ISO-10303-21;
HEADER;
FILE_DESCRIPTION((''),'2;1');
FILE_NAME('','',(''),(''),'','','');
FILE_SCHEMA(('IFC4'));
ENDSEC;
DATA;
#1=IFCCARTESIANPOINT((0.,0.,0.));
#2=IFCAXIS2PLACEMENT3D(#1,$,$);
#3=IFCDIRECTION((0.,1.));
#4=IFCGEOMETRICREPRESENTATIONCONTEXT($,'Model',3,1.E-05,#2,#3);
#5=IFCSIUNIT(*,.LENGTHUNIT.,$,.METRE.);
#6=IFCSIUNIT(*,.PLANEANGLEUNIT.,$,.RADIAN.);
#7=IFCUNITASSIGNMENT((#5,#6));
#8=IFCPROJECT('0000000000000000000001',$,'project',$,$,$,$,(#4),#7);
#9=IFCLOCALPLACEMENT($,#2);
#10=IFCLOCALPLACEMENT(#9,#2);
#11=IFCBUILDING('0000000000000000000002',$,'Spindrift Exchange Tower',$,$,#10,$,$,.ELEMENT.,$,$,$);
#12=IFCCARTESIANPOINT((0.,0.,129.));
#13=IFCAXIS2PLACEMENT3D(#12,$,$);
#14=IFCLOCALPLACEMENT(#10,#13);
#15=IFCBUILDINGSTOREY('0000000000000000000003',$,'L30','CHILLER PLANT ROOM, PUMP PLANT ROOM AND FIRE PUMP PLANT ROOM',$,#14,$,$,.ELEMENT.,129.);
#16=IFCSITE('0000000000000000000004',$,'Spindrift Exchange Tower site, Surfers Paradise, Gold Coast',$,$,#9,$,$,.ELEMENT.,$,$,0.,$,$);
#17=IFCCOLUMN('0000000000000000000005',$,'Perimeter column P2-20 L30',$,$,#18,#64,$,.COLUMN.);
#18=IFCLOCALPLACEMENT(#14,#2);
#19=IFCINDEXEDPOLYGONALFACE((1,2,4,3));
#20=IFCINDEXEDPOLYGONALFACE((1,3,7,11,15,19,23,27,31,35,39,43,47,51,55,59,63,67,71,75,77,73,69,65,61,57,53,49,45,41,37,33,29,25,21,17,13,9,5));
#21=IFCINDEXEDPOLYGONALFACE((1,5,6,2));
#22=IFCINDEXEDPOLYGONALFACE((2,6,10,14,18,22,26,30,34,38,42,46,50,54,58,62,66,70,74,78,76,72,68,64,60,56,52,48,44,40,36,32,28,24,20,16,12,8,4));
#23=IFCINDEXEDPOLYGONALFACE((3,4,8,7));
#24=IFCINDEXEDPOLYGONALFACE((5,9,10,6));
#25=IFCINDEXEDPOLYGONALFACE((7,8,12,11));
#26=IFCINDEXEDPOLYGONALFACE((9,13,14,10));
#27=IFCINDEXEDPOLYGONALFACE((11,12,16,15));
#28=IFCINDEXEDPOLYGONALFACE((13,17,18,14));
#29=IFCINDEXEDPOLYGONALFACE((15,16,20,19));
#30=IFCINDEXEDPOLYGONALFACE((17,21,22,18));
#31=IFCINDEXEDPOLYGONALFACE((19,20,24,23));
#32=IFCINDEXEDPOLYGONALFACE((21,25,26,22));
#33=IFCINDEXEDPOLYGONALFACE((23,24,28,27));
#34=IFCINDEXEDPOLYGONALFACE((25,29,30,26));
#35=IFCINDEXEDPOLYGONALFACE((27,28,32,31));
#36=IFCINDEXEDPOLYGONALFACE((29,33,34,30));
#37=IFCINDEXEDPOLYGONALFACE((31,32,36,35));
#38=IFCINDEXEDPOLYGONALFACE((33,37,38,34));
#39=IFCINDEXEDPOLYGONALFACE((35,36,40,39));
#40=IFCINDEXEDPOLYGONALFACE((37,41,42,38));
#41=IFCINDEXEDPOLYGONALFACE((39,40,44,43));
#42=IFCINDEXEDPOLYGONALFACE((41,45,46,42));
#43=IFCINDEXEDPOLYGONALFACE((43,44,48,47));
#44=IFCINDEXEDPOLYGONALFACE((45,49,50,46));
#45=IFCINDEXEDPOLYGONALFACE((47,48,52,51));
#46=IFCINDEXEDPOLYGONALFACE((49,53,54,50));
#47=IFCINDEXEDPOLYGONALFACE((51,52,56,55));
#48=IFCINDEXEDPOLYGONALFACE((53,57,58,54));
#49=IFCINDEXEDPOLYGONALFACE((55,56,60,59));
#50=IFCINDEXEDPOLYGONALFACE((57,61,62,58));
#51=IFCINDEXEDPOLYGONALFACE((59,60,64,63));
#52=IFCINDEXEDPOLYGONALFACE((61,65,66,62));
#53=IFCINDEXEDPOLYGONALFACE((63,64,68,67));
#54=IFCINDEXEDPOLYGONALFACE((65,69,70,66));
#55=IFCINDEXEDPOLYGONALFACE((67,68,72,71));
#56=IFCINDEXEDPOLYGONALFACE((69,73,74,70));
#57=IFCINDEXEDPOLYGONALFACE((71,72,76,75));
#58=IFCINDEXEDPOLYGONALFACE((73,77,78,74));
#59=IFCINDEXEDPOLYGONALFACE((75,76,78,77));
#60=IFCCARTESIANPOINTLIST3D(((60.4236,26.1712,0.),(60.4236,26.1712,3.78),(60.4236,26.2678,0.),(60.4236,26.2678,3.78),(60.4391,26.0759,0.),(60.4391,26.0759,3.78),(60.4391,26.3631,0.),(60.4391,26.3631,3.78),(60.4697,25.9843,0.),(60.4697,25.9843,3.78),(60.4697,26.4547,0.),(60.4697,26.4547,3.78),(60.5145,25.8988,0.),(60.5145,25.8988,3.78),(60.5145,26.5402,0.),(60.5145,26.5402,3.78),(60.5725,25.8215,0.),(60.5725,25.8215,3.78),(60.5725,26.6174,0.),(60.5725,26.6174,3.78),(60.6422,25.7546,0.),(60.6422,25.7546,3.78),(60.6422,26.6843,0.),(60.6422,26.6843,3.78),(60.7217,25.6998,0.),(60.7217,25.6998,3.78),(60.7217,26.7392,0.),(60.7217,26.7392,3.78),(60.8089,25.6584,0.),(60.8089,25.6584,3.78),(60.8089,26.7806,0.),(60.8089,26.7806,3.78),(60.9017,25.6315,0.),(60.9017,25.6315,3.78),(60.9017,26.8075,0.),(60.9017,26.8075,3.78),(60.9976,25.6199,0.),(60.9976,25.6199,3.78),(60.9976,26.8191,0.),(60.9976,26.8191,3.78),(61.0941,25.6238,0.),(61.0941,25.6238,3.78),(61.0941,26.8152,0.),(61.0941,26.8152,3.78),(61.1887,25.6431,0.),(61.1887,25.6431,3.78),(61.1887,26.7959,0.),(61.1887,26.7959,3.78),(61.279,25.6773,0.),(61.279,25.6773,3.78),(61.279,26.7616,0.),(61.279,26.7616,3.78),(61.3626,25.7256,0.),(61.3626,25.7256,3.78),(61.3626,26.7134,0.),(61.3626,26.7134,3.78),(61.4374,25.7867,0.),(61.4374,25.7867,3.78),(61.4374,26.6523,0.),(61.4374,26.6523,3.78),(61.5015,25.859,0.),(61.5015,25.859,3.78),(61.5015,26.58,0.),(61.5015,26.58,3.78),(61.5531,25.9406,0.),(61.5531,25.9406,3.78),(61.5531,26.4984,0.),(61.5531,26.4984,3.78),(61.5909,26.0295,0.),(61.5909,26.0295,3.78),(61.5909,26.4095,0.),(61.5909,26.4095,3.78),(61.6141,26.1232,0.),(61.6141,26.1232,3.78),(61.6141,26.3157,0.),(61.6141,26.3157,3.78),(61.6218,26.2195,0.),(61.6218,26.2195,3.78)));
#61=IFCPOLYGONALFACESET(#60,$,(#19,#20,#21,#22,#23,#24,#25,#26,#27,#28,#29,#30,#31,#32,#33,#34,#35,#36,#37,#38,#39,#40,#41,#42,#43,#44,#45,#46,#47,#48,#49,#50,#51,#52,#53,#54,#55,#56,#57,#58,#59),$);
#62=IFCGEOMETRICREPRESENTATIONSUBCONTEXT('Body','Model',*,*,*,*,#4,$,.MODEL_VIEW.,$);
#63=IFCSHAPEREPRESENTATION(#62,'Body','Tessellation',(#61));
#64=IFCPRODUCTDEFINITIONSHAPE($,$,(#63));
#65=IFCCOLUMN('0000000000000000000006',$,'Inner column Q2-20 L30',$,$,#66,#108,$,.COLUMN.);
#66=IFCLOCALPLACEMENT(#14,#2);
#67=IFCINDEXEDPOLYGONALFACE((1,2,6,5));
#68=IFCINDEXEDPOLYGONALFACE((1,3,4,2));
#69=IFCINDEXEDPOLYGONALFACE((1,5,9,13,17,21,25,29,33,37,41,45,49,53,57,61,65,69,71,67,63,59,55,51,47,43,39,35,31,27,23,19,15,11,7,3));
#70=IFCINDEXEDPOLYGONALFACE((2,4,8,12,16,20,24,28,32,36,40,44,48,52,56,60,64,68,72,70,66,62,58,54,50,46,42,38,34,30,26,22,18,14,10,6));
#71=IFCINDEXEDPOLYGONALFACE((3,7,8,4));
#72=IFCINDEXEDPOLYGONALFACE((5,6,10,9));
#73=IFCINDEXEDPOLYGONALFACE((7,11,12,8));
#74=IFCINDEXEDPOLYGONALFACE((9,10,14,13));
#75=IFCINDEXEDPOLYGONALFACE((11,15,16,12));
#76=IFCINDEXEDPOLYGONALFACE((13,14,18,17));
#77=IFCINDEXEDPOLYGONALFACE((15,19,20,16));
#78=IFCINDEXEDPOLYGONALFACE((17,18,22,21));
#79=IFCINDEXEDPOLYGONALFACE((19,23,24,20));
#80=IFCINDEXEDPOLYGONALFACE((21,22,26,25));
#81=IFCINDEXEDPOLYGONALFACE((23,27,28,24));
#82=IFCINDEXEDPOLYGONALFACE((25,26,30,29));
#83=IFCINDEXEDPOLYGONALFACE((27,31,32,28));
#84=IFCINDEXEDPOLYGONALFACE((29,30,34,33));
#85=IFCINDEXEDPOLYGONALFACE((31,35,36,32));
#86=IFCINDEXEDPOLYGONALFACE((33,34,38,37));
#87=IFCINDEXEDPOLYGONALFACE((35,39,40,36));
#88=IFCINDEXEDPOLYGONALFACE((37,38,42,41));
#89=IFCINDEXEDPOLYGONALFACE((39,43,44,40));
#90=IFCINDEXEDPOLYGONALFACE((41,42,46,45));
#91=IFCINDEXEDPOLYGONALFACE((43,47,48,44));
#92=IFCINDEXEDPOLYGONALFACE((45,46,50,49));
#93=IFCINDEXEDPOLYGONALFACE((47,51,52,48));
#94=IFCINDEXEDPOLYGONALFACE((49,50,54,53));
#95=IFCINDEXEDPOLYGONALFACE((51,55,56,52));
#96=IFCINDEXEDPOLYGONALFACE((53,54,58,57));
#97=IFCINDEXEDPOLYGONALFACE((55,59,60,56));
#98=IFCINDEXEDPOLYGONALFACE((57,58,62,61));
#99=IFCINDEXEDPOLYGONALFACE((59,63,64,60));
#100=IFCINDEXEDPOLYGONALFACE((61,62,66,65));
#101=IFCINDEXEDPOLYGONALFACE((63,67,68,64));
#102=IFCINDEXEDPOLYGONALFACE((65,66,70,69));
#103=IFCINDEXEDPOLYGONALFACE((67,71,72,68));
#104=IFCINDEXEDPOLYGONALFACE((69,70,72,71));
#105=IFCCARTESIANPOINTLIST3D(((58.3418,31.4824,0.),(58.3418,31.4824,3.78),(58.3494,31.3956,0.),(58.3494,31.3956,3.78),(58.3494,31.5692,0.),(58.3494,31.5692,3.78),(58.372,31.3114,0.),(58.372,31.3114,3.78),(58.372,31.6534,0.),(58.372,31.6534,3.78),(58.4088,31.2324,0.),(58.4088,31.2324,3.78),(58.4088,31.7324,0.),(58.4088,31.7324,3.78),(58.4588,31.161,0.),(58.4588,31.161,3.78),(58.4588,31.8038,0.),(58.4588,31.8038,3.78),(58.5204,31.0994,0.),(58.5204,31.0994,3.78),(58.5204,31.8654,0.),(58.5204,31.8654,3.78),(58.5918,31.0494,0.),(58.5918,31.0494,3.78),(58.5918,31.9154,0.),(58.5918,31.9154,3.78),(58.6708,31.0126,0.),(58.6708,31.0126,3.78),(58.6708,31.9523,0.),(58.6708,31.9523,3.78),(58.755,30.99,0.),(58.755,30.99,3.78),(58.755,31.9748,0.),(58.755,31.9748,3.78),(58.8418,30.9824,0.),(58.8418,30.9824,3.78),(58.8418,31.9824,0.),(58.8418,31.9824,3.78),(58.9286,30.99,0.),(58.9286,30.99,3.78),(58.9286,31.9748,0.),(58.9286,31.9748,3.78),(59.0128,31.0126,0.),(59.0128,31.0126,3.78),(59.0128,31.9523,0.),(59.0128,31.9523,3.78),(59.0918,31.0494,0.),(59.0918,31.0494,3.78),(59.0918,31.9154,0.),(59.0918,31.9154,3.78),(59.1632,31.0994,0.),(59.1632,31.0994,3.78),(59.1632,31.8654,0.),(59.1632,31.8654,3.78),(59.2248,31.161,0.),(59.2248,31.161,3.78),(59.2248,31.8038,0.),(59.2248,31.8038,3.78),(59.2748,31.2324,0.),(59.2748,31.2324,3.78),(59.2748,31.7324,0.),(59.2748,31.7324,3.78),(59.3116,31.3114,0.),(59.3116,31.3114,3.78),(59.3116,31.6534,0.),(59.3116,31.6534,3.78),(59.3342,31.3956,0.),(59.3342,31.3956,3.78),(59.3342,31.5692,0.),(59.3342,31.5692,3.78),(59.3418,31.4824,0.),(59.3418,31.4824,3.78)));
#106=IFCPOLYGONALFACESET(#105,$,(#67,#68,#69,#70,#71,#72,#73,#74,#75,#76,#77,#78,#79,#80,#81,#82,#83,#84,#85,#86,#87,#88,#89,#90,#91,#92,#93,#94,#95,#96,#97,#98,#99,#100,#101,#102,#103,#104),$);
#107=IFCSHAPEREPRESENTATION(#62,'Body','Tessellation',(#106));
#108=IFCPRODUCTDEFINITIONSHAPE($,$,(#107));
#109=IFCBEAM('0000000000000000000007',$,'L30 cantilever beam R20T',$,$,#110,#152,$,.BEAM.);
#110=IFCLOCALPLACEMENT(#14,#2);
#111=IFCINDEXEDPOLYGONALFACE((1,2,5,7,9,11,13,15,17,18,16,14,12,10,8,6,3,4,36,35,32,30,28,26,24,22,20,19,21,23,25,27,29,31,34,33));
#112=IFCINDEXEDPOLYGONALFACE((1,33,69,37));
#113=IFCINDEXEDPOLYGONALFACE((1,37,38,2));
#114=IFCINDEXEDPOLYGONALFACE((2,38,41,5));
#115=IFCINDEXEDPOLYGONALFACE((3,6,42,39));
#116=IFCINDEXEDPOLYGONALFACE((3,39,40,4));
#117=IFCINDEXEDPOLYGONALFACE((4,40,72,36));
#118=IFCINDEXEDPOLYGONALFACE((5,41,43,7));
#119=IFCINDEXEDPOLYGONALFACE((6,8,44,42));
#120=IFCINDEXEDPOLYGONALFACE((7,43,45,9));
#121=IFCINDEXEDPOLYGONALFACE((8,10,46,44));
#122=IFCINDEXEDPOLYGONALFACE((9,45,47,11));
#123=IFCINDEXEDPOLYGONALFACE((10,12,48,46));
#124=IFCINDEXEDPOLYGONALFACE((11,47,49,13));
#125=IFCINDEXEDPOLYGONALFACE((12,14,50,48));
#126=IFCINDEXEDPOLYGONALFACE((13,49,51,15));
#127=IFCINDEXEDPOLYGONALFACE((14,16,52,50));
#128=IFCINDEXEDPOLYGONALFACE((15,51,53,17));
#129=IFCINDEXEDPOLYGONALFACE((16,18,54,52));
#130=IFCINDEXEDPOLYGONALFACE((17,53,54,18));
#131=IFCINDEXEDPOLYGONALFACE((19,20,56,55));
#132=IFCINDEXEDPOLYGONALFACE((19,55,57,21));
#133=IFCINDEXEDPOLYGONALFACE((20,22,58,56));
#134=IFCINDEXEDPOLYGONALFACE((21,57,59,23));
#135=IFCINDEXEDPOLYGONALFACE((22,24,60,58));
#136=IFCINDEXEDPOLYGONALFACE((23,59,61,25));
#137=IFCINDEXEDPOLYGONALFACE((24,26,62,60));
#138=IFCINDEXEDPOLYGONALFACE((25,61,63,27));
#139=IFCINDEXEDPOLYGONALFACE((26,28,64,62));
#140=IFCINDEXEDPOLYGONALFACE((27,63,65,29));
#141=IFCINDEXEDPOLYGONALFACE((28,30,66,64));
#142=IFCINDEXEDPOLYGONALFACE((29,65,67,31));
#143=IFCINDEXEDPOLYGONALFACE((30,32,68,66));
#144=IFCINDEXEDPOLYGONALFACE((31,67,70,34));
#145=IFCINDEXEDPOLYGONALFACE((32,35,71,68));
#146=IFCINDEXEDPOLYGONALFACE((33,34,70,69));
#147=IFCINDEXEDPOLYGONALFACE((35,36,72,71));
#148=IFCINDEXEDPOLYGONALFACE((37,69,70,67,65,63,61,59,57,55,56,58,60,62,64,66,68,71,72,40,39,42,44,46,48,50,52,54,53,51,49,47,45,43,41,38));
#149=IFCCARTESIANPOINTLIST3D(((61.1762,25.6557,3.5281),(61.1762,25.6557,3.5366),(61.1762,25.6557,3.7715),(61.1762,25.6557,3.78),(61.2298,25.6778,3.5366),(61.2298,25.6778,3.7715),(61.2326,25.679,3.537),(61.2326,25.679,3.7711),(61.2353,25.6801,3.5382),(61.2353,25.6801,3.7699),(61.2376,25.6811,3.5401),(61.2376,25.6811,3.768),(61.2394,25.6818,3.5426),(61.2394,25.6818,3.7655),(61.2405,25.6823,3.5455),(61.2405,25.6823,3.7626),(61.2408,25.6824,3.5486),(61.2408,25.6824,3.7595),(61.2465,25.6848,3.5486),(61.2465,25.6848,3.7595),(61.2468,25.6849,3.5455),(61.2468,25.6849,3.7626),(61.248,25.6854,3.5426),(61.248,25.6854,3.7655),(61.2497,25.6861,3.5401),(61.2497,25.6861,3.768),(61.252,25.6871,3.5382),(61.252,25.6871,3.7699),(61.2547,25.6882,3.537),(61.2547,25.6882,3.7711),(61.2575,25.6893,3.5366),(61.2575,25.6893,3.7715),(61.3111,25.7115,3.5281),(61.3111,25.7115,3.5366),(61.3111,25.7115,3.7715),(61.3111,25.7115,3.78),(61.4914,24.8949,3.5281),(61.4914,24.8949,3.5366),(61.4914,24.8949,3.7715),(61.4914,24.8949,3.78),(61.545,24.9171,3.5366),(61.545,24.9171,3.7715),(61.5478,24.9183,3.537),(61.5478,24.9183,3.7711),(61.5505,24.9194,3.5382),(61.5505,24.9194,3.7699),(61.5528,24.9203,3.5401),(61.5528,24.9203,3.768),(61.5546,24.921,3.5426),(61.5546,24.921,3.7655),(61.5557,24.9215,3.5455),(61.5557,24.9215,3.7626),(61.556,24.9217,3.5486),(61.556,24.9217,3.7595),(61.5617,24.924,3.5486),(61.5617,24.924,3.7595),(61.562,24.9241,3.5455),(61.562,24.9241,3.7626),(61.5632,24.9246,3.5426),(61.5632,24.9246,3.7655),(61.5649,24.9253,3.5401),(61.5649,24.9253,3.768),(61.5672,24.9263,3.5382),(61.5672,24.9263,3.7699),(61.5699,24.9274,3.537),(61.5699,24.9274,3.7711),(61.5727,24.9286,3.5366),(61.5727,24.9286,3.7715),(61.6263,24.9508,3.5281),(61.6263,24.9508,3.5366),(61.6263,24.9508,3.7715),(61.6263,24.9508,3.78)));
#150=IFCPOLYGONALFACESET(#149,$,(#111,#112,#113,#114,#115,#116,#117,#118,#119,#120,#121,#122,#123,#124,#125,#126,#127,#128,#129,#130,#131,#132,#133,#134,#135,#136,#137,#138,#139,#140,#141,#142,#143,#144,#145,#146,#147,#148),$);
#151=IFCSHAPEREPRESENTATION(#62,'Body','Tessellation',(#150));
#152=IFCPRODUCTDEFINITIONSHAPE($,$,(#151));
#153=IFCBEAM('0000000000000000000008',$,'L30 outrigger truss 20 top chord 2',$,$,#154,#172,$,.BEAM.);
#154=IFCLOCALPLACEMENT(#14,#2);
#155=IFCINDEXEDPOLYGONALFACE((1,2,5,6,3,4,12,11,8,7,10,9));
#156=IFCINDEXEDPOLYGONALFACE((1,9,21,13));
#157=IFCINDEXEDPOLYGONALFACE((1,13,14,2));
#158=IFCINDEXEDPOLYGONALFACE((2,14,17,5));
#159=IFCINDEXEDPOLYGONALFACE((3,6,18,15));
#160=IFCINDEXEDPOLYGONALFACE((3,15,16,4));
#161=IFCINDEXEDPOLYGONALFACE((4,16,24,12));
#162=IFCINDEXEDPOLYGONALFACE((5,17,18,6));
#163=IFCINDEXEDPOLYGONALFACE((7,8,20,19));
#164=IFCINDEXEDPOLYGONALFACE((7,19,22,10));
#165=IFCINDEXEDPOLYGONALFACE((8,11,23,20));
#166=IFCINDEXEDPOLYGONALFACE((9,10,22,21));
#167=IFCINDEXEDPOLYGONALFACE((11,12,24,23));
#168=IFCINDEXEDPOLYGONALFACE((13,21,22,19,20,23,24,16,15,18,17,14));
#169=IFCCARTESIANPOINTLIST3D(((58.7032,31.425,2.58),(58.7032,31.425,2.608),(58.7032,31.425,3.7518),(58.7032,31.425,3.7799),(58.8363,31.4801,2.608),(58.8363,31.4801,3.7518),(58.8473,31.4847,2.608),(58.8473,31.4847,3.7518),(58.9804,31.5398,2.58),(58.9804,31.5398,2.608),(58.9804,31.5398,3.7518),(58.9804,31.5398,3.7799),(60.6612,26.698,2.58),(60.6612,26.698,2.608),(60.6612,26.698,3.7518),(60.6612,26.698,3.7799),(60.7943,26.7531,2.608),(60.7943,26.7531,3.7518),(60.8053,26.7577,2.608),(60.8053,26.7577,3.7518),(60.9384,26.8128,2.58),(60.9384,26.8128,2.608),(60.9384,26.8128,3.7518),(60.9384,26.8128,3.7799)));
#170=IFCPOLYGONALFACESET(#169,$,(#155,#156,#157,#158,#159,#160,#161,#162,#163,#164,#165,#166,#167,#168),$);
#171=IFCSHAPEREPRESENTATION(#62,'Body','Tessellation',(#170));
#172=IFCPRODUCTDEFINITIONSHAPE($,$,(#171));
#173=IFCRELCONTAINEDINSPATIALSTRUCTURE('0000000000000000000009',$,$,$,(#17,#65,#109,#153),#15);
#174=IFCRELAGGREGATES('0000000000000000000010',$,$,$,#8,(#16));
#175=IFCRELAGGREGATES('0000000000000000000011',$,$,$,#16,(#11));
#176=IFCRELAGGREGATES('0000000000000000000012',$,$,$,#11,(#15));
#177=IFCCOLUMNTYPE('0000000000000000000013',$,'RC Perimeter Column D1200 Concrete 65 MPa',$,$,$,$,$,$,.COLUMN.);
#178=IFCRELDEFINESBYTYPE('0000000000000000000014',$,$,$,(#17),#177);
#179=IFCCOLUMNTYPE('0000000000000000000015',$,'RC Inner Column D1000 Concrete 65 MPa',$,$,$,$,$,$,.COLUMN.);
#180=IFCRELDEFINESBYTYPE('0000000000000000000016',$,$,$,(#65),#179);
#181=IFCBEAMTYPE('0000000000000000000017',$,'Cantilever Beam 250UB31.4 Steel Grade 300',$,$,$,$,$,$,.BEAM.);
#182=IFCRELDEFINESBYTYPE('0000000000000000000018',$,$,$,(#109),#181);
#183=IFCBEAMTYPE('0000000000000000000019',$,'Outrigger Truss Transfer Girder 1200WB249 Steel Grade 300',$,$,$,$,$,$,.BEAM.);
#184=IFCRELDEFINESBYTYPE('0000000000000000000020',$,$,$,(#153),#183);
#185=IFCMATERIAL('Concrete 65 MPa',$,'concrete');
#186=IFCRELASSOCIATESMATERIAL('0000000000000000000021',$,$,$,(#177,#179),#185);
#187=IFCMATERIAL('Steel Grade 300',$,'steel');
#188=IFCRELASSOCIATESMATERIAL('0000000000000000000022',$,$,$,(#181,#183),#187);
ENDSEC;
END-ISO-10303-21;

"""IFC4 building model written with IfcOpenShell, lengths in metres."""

from ifc_helpers import new_model, si_unit, direction, frame, origin, origin_2d, place, context, subcontext, project, spatial, circle, i_section, extrude, source, transform, mapped, material, material_profile, profile_set, type_object, element, save


model = new_model("IFC4")

# Units and contexts
model_context = context("Model", 3, precision=1e-05, world=origin(), true_north=direction((0.0, 1.0)))
body_context = subcontext(model_context, "Body", "Model", "MODEL_VIEW")
ifc_project = project(units=[si_unit("LENGTHUNIT", "METRE"), si_unit("PLANEANGLEUNIT", "RADIAN")], contexts=[model_context])

# Site, building, storey
site_placement = place(None, origin())
site = spatial("IfcSite", under=ifc_project, at=site_placement, Name="Spindrift Exchange Tower site, Surfers Paradise, Gold Coast", CompositionType="ELEMENT", RefElevation=0.0)
building_placement = place(site_placement, origin())
building = spatial("IfcBuilding", under=site, at=building_placement, Name="Spindrift Exchange Tower", CompositionType="ELEMENT")
storey_placement = place(building_placement, frame((0.0, 0.0, 129.0)))
storey = spatial("IfcBuildingStorey", under=building, at=storey_placement, Name="L30", Description="CHILLER PLANT ROOM, PUMP PLANT ROOM AND FIRE PUMP PLANT ROOM", CompositionType="ELEMENT", Elevation=129.0)

# Columns
ifc_material_1 = material(Name="Concrete 65 MPa", Category="concrete")
ifc_material_profile_1 = material_profile(ifc_material_1, circle(Radius=0.6001, at=origin_2d()), Name="RC D1200")
ifc_profile_set_1 = profile_set([ifc_material_profile_1], Name="Concrete 65 MPa")
column_type_1 = type_object("IfcColumnType", Name="RC Perimeter Column D1200 Concrete 65 MPa", PredefinedType="COLUMN", material=ifc_profile_set_1)
shared_shape_1 = source(origin(), body_context, "Body", "SweptSolid", [
    extrude(circle(Radius=0.6001, at=origin_2d()), origin(), (0.0, 0.0, 1.0), 3.78),
])
column_1_placement = place(storey_placement, frame((61.0217, 26.2195, 0.0), z_axis=(0.0, 0.0, 1.0), x_axis=(1.0, 0.0, 0.0)))
element("IfcColumn", 1, at=column_1_placement, inside=storey, type_object=column_type_1, Name="Perimeter column P2-20 L30", PredefinedType="COLUMN", context=body_context, shape_type="MappedRepresentation", body=[
    mapped(shared_shape_1, transform((0.0, 0.0, 0.0), scale=1.0)),
])
ifc_material_profile_2 = material_profile(ifc_material_1, circle(Radius=0.5, at=origin_2d()), Name="RC D1000")
ifc_profile_set_2 = profile_set([ifc_material_profile_2], Name="Concrete 65 MPa")
column_type_2 = type_object("IfcColumnType", Name="RC Inner Column D1000 Concrete 65 MPa", PredefinedType="COLUMN", material=ifc_profile_set_2)
shared_shape_2 = source(origin(), body_context, "Body", "SweptSolid", [
    extrude(circle(Radius=0.5, at=origin_2d()), origin(), (0.0, 0.0, 1.0), 3.78),
])
column_2_placement = place(storey_placement, frame((58.8418, 31.4824, 0.0), z_axis=(0.0, 0.0, 1.0), x_axis=(1.0, 0.0, 0.0)))
element("IfcColumn", 2, at=column_2_placement, inside=storey, type_object=column_type_2, Name="Inner column Q2-20 L30", PredefinedType="COLUMN", context=body_context, shape_type="MappedRepresentation", body=[
    mapped(shared_shape_2, transform((0.0, 0.0, 0.0), scale=1.0)),
])

# Beams
ifc_material_2 = material(Name="Steel Grade 300", Category="steel")
ifc_material_profile_3 = material_profile(ifc_material_2, i_section(OverallWidth=0.146, OverallDepth=0.252, WebThickness=0.0061, FlangeThickness=0.0085, FilletRadius=0.012, at=origin_2d()), Name="250UB31.4")
ifc_profile_set_3 = profile_set([ifc_material_profile_3], Name="Steel Grade 300")
beam_type_1 = type_object("IfcBeamType", Name="Cantilever Beam 250UB31.4 Steel Grade 300", PredefinedType="BEAM", material=ifc_profile_set_3)
shared_shape_3 = source(origin(), body_context, "Body", "SweptSolid", [
    extrude(i_section(OverallWidth=0.146, OverallDepth=0.252, WebThickness=0.0061, FlangeThickness=0.0085, FilletRadius=0.012, at=origin_2d()), origin(), (0.0, 0.0, 1.0), 0.8235),
])
beam_1_placement = place(storey_placement, frame((61.2437, 25.6836, 3.6541), z_axis=(0.382762, -0.923847, 0.0), x_axis=(0.923847, 0.382762, 0.0)))
element("IfcBeam", 3, at=beam_1_placement, inside=storey, type_object=beam_type_1, Name="L30 cantilever beam R20T", PredefinedType="BEAM", context=body_context, shape_type="MappedRepresentation", body=[
    mapped(shared_shape_3, transform((0.0, 0.0, 0.0), scale=1.0)),
])
ifc_material_profile_4 = material_profile(ifc_material_2, i_section(OverallWidth=0.3, OverallDepth=1.2, WebThickness=0.012, FlangeThickness=0.0281, at=origin_2d()), Name="1200WB249")
ifc_profile_set_4 = profile_set([ifc_material_profile_4], Name="Steel Grade 300")
beam_type_2 = type_object("IfcBeamType", Name="Outrigger Truss Transfer Girder 1200WB249 Steel Grade 300", PredefinedType="BEAM", material=ifc_profile_set_4)
shared_shape_4 = source(origin(), body_context, "Body", "SweptSolid", [
    extrude(i_section(OverallWidth=0.3, OverallDepth=1.2, WebThickness=0.012, FlangeThickness=0.0281, at=origin_2d()), origin(), (0.0, 0.0, 1.0), 5.1165),
])
beam_2_placement = place(storey_placement, frame((58.8418, 31.4824, 3.1799), z_axis=(0.382683, -0.92388, 0.0), x_axis=(0.92388, 0.382683, 0.0)))
element("IfcBeam", 4, at=beam_2_placement, inside=storey, type_object=beam_type_2, Name="L30 outrigger truss 20 top chord 2", PredefinedType="BEAM", context=body_context, shape_type="MappedRepresentation", body=[
    mapped(shared_shape_4, transform((0.0, 0.0, 0.0), scale=1.0)),
])

save(model, "model.ifc")
